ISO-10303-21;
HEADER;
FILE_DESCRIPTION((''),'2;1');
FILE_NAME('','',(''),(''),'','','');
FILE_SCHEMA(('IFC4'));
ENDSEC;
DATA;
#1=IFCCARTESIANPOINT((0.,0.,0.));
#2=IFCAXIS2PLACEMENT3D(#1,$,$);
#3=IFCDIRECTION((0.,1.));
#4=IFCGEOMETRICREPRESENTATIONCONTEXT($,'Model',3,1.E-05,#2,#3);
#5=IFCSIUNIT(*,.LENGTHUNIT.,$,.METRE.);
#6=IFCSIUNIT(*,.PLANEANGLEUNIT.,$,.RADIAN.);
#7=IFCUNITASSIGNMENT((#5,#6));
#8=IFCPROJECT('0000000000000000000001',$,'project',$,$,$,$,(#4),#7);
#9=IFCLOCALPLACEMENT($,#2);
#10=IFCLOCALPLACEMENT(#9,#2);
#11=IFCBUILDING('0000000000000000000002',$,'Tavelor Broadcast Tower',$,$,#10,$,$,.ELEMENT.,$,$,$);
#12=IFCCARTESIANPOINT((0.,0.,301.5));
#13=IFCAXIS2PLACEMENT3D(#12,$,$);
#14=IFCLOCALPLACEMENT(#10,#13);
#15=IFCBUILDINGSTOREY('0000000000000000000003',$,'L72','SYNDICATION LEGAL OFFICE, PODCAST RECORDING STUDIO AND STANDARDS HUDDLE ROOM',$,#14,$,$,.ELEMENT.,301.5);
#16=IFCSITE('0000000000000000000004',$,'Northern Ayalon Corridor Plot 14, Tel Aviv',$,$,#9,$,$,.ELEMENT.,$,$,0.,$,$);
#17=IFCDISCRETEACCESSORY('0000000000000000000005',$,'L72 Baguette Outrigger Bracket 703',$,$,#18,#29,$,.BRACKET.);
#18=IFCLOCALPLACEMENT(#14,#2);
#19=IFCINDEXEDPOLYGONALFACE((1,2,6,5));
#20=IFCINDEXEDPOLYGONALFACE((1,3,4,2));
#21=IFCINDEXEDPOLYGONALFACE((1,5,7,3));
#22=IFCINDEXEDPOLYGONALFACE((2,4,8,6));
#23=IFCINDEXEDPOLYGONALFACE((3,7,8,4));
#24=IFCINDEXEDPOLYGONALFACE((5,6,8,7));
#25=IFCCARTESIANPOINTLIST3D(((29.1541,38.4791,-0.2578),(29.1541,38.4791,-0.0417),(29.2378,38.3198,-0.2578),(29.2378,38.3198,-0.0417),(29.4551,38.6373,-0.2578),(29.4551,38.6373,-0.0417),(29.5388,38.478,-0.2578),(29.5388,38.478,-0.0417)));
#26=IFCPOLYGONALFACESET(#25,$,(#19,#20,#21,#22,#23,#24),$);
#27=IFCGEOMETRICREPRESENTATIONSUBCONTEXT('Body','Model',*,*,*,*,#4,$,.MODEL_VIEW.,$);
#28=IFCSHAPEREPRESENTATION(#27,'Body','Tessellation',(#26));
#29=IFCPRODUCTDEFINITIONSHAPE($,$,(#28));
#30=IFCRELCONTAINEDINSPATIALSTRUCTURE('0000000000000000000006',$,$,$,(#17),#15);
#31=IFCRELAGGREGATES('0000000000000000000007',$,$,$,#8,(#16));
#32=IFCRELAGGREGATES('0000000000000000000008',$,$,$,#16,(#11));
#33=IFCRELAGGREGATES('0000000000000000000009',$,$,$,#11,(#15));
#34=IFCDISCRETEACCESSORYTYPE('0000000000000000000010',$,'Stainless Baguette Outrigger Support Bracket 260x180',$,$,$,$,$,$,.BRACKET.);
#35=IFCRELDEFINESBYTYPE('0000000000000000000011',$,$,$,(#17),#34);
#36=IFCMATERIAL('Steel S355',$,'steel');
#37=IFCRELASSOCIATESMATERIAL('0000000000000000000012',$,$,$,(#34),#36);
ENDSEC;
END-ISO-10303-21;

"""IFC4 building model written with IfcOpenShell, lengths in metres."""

from ifc_helpers import new_model, si_unit, direction, frame, origin, origin_2d, place, context, subcontext, project, spatial, rectangle, extrude, source, transform, mapped, material, type_object, type_shapes, element, save


model = new_model("IFC4")

# Units and contexts
model_context = context("Model", 3, precision=1e-05, world=origin(), true_north=direction((0.0, 1.0)))
body_context = subcontext(model_context, "Body", "Model", "MODEL_VIEW")
ifc_project = project(units=[si_unit("LENGTHUNIT", "METRE"), si_unit("PLANEANGLEUNIT", "RADIAN")], contexts=[model_context])

# Site, building, storey
site_placement = place(None, origin())
site = spatial("IfcSite", under=ifc_project, at=site_placement, Name="Northern Ayalon Corridor Plot 14, Tel Aviv", CompositionType="ELEMENT", RefElevation=0.0)
building_placement = place(site_placement, origin())
building = spatial("IfcBuilding", under=site, at=building_placement, Name="Tavelor Broadcast Tower", CompositionType="ELEMENT")
storey_placement = place(building_placement, frame((0.0, 0.0, 301.5)))
storey = spatial("IfcBuildingStorey", under=building, at=storey_placement, Name="L72", Description="SYNDICATION LEGAL OFFICE, PODCAST RECORDING STUDIO AND STANDARDS HUDDLE ROOM", CompositionType="ELEMENT", Elevation=301.5)

# Shared definitions
ifc_material_1 = material(Name="Steel S355", Category="steel")

# Discrete accessory
discrete_accessory_type = type_object("IfcDiscreteAccessoryType", Name="Stainless Baguette Outrigger Support Bracket 260x180", PredefinedType="BRACKET", material=ifc_material_1)
shared_shape_1 = source(origin(), body_context, "Body", "SweptSolid", [
    extrude(rectangle(XDim=0.1799, YDim=0.3401, at=origin_2d()), origin(), (0.0, 0.0, 1.0), 0.2161),
])
type_shapes(discrete_accessory_type, [shared_shape_1])
discrete_accessory_placement = place(storey_placement, frame((29.3464, 38.4785, -0.2578), z_axis=(0.0, 0.0, 1.0), x_axis=(0.465151, -0.885231, 0.0)))
element("IfcDiscreteAccessory", 1, at=discrete_accessory_placement, inside=storey, type_object=discrete_accessory_type, Name="L72 Baguette Outrigger Bracket 703", PredefinedType="BRACKET", context=body_context, shape_type="MappedRepresentation", body=[
    mapped(shared_shape_1, transform((0.0, 0.0, 0.0), scale=1.0)),
])

save(model, "model.ifc")
